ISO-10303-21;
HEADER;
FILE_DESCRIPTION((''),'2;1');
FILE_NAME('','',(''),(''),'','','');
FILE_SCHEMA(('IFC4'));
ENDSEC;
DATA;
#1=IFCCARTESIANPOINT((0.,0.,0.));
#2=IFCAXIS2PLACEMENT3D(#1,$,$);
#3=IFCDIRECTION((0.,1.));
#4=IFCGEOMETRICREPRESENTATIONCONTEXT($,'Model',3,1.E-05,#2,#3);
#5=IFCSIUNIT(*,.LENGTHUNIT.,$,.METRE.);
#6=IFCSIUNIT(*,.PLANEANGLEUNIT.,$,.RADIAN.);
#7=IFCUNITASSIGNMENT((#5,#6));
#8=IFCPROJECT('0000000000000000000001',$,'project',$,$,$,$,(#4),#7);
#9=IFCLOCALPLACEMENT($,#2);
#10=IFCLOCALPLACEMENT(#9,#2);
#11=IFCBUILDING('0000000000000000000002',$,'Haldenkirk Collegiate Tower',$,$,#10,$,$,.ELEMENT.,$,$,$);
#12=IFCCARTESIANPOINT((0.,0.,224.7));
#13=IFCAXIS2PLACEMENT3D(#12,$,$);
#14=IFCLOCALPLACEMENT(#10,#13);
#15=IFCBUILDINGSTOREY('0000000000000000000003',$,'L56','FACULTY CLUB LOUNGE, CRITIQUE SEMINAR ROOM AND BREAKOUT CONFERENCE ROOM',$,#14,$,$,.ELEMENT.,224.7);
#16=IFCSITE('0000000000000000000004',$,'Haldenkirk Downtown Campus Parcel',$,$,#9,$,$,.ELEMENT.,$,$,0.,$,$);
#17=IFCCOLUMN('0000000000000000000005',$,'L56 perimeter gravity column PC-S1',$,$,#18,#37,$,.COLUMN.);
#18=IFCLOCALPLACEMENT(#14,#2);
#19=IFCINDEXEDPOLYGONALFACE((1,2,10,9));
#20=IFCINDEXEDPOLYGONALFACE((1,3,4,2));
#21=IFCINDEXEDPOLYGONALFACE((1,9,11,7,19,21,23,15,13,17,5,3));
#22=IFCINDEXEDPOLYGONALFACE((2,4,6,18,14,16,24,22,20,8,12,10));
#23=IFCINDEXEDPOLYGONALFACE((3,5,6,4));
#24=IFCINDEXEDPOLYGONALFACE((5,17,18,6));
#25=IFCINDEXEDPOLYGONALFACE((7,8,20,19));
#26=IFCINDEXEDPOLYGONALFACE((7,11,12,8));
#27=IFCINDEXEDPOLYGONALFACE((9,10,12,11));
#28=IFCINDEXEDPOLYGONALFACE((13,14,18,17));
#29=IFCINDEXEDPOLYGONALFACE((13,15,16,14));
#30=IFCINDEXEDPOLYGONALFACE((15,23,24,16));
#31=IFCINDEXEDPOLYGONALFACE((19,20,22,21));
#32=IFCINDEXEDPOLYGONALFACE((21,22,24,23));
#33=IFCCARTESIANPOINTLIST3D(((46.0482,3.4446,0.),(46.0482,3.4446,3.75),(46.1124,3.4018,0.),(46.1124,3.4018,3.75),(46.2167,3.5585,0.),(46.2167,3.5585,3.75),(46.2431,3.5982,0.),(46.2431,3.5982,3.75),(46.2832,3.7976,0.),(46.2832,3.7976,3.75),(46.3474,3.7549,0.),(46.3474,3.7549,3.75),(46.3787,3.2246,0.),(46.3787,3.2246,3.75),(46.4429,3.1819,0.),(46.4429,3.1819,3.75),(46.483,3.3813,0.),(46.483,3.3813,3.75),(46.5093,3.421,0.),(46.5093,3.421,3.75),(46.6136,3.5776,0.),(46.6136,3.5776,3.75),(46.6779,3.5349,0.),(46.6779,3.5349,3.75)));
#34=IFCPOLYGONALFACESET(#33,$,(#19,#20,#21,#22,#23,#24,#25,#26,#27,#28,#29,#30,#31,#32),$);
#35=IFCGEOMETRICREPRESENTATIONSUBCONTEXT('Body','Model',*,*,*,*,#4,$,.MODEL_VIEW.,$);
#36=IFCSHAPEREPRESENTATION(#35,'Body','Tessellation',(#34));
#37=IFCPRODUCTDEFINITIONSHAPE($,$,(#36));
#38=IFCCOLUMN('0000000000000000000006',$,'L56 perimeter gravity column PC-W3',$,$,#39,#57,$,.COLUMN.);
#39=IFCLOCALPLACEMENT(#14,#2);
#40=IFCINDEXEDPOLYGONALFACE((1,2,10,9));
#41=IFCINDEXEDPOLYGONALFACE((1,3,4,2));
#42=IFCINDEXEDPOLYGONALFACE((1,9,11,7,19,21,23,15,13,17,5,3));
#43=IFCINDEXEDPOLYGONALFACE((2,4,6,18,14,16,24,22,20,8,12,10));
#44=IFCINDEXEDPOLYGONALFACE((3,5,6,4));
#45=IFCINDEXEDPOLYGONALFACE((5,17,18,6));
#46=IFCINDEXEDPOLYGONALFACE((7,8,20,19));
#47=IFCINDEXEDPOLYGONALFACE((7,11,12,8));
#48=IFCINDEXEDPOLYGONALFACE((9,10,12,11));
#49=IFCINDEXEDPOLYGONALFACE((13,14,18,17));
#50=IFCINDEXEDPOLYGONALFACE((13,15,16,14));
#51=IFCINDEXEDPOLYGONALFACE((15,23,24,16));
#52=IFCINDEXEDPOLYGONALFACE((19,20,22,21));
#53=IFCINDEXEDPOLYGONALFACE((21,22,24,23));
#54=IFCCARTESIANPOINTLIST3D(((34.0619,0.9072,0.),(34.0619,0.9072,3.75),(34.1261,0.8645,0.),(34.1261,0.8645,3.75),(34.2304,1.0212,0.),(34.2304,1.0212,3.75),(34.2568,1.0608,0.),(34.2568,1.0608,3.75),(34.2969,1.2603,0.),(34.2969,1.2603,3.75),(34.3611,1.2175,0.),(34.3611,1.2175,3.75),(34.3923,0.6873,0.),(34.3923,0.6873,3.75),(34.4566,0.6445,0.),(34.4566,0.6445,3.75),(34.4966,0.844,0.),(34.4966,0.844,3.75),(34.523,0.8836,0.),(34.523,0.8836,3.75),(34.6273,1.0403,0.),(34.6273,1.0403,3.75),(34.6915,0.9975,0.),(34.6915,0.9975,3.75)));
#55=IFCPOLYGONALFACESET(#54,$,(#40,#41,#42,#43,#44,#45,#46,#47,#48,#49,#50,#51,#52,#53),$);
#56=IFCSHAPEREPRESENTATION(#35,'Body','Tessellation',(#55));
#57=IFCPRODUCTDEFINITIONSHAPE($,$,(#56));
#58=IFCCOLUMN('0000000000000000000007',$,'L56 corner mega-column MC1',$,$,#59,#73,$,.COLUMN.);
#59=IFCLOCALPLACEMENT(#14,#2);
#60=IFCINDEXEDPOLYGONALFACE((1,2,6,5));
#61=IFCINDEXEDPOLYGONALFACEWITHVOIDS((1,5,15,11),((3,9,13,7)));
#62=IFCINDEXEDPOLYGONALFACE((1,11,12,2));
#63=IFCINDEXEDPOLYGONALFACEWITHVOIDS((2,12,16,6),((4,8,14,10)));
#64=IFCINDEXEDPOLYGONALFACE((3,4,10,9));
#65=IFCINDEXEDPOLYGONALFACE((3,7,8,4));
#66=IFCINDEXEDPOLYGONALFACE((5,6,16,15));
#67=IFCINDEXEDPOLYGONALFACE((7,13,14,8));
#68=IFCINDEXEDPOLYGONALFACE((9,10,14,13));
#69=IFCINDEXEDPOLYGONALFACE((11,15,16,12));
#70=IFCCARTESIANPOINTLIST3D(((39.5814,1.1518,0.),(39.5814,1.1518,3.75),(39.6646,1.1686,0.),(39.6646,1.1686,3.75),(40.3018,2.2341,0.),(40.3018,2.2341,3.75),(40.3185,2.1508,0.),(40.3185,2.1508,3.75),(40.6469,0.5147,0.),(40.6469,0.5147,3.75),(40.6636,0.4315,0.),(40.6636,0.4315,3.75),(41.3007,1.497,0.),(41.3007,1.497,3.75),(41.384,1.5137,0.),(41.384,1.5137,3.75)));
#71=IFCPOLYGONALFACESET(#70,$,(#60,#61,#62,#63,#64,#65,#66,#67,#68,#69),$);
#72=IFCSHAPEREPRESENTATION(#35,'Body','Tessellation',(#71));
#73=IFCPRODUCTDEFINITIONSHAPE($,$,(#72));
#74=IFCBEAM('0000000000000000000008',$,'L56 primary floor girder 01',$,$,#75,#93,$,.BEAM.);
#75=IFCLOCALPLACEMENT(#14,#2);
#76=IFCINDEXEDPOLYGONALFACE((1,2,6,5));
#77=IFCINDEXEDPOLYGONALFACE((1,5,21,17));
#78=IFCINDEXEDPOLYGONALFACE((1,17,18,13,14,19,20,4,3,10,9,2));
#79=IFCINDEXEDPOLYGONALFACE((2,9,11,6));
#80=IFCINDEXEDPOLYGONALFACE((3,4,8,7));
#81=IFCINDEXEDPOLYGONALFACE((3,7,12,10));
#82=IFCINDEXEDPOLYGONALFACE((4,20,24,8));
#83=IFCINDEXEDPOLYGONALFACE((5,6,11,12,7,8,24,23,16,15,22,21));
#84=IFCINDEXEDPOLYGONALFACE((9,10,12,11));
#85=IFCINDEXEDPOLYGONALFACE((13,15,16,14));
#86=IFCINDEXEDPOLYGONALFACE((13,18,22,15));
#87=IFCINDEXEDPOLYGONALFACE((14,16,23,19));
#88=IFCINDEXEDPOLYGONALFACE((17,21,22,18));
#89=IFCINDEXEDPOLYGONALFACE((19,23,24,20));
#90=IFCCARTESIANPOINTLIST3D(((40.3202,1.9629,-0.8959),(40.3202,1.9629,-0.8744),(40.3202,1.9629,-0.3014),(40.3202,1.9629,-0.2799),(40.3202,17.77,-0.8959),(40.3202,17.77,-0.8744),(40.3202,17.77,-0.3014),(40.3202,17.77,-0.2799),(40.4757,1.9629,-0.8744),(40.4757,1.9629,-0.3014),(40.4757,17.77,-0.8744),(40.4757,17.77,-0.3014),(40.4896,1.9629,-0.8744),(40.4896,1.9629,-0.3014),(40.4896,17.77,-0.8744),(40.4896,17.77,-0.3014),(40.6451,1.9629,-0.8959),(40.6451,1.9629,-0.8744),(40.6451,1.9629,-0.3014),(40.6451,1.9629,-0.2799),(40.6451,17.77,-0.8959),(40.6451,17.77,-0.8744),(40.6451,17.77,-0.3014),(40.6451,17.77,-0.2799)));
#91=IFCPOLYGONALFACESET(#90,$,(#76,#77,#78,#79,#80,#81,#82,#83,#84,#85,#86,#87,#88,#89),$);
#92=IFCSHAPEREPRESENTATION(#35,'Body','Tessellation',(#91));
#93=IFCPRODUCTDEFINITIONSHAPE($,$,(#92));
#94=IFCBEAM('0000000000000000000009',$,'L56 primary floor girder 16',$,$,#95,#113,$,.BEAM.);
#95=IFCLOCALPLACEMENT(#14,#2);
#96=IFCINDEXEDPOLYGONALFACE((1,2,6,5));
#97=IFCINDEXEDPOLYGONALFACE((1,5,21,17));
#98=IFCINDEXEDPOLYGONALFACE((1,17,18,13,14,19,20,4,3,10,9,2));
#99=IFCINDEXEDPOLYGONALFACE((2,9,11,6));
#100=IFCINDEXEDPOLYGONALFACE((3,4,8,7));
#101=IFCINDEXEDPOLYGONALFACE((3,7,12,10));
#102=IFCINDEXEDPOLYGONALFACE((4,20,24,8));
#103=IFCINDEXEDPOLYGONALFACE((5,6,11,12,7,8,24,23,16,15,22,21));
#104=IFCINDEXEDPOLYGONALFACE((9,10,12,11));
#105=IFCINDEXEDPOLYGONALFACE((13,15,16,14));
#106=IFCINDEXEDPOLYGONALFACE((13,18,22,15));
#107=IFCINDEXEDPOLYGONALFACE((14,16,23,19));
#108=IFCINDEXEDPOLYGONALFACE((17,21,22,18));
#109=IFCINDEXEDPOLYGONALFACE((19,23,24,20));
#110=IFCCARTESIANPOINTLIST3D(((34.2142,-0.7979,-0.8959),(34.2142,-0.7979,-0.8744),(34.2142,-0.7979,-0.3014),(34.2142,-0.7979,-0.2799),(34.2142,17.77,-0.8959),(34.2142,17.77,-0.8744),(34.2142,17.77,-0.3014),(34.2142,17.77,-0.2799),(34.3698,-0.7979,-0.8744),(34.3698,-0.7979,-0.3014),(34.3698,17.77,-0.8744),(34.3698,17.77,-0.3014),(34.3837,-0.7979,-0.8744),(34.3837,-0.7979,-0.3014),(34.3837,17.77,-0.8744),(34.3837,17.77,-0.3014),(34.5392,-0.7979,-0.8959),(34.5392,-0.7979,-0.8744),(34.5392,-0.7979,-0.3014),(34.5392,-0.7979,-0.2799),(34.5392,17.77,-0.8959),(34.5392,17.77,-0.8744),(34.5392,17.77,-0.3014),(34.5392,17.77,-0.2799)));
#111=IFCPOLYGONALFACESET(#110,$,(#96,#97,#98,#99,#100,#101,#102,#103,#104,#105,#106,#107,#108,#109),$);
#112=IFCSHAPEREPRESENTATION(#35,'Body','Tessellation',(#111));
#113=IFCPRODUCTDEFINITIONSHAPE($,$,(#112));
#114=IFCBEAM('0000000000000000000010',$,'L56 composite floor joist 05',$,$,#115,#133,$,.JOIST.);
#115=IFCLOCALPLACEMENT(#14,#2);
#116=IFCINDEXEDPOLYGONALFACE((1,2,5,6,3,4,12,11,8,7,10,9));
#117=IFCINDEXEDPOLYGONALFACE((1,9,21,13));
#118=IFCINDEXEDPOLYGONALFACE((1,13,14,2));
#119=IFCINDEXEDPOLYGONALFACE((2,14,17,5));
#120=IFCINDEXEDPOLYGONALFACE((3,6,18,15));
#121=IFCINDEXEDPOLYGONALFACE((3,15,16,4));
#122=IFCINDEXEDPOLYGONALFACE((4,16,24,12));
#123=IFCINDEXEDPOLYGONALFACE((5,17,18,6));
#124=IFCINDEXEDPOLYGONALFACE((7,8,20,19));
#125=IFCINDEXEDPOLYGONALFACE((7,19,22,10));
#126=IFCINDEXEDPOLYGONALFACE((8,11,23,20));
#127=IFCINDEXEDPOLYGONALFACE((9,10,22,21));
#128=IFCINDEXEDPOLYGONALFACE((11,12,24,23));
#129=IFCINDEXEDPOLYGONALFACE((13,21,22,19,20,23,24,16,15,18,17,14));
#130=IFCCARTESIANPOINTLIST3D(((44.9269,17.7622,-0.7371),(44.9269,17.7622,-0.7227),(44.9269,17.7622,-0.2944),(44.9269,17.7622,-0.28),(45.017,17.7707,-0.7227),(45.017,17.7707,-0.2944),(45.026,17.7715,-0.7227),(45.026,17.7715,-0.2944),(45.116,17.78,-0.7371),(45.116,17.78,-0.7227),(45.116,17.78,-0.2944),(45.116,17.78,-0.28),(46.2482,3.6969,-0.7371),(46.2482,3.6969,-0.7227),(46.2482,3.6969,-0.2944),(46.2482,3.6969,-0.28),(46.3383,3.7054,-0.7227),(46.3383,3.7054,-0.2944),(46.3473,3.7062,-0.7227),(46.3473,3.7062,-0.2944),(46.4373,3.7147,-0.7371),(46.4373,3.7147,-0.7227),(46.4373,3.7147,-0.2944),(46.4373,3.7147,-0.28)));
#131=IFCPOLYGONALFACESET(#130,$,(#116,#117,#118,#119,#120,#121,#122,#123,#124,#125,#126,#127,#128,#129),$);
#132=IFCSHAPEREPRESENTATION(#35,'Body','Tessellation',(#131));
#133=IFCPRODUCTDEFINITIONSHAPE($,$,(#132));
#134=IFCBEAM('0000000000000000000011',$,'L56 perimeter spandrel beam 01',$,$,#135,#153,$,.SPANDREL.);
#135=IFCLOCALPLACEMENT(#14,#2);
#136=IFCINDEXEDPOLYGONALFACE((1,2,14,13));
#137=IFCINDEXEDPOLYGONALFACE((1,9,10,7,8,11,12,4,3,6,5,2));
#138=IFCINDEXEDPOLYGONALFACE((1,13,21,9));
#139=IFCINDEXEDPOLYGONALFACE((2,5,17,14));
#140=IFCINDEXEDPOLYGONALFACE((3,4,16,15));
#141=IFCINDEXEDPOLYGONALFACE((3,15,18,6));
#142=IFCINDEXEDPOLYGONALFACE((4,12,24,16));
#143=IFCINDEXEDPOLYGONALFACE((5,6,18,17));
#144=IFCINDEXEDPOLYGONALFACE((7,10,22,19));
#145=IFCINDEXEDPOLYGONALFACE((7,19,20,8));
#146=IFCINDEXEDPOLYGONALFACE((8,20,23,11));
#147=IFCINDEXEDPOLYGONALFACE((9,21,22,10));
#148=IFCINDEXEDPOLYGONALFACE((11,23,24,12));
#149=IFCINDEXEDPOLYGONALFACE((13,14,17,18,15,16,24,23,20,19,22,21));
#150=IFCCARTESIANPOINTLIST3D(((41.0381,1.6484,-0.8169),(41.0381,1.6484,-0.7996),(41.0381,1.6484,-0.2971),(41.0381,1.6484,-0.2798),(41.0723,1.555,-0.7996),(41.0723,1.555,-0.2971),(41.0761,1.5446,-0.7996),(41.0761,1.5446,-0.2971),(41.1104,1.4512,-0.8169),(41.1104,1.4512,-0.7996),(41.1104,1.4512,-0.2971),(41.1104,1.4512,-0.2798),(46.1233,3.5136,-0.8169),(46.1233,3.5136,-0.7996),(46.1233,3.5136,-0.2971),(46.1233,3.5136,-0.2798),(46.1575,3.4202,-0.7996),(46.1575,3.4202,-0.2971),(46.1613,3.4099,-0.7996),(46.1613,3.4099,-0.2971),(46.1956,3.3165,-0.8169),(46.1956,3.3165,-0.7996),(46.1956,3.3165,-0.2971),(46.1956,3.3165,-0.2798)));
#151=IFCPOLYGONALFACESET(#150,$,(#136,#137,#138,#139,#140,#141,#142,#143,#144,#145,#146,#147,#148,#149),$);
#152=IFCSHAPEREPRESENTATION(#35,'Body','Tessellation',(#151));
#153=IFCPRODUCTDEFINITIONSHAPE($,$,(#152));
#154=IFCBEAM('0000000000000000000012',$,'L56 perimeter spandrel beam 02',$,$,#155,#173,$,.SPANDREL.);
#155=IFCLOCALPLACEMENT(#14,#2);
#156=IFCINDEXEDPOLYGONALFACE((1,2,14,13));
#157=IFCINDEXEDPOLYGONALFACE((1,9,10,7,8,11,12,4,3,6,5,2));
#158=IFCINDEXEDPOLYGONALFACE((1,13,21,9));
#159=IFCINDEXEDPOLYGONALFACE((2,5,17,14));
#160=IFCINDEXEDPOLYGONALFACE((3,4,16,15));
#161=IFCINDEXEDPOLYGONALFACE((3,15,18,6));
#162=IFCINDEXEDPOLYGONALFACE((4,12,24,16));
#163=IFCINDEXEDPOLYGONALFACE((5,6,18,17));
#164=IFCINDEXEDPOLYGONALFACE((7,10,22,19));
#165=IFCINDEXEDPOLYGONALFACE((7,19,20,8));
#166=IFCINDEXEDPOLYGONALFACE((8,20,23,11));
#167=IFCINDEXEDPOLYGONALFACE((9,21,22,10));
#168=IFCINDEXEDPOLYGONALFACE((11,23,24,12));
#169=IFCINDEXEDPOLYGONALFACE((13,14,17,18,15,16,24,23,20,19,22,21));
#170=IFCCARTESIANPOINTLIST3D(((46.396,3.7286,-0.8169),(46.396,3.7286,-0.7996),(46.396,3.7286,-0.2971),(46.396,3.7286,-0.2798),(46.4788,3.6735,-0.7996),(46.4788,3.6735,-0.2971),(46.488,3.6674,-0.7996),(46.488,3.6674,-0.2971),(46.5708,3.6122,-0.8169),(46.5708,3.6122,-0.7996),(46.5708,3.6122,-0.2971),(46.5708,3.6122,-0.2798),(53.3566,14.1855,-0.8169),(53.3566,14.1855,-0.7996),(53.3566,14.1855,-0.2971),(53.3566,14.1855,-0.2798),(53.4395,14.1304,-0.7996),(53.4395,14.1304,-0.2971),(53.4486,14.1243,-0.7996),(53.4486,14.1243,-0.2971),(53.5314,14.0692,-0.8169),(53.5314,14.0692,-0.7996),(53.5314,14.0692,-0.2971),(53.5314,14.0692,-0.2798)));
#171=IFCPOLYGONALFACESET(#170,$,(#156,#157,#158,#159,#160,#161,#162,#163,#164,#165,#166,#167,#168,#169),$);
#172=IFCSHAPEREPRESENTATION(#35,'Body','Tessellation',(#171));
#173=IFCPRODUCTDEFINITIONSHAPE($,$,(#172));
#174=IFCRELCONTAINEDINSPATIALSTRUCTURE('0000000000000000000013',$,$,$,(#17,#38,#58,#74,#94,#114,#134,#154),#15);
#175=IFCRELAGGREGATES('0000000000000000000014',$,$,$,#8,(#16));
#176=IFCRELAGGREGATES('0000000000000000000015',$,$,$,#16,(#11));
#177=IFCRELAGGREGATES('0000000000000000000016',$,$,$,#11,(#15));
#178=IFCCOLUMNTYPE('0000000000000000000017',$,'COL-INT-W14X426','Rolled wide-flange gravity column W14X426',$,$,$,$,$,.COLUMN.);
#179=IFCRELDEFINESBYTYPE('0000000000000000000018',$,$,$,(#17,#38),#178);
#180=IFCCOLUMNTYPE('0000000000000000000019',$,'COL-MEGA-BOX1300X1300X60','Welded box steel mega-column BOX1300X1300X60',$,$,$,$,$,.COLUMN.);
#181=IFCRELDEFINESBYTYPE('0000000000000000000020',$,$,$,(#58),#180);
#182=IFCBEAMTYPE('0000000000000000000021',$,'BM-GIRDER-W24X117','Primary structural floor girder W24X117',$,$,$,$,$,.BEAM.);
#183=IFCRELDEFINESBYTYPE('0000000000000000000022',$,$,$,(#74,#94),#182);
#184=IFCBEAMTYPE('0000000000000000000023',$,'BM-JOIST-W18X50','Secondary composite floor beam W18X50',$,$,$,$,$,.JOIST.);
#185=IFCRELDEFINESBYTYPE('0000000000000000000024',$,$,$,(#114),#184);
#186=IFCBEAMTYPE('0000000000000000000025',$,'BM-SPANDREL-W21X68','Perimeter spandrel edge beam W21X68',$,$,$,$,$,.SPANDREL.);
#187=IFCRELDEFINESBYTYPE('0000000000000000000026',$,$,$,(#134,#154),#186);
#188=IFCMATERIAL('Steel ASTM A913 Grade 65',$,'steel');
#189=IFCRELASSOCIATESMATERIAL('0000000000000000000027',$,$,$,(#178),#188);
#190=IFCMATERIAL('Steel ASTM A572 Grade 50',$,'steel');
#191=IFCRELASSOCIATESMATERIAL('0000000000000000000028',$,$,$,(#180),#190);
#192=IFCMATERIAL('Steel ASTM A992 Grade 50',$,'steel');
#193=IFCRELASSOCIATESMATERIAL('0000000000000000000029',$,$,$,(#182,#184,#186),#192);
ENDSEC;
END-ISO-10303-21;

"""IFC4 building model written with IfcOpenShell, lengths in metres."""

from ifc_helpers import new_model, si_unit, direction, frame, origin, origin_2d, place, context, subcontext, project, spatial, hollow_rectangle, i_section, extrude, material, material_profile, profile_set, type_object, element, save


model = new_model("IFC4")

# Units and contexts
model_context = context("Model", 3, precision=1e-05, world=origin(), true_north=direction((0.0, 1.0)))
body_context = subcontext(model_context, "Body", "Model", "MODEL_VIEW")
ifc_project = project(units=[si_unit("LENGTHUNIT", "METRE"), si_unit("PLANEANGLEUNIT", "RADIAN")], contexts=[model_context])

# Site, building, storey
site_placement = place(None, origin())
site = spatial("IfcSite", under=ifc_project, at=site_placement, Name="Haldenkirk Downtown Campus Parcel", CompositionType="ELEMENT", RefElevation=0.0)
building_placement = place(site_placement, origin())
building = spatial("IfcBuilding", under=site, at=building_placement, Name="Haldenkirk Collegiate Tower", CompositionType="ELEMENT")
storey_placement = place(building_placement, frame((0.0, 0.0, 224.7)))
storey = spatial("IfcBuildingStorey", under=building, at=storey_placement, Name="L56", Description="FACULTY CLUB LOUNGE, CRITIQUE SEMINAR ROOM AND BREAKOUT CONFERENCE ROOM", CompositionType="ELEMENT", Elevation=224.7)

# Columns
ifc_material_1 = material(Name="Steel ASTM A913 Grade 65", Category="steel")
ifc_material_profile_1 = material_profile(ifc_material_1, i_section(OverallWidth=0.4241, OverallDepth=0.4741, WebThickness=0.0476, FlangeThickness=0.0771, at=origin_2d()), Name="W14X426")
ifc_profile_set_1 = profile_set([ifc_material_profile_1], Name="Steel ASTM A913 Grade 65")
column_type_1 = type_object("IfcColumnType", Name="COL-INT-W14X426", Description="Rolled wide-flange gravity column W14X426", PredefinedType="COLUMN", material=ifc_profile_set_1)
for number, where, z_axis, x_axis, name in (
    (1, (46.363, 3.4897, 0.0), (0.0, 0.0, 1.0), (0.554118, 0.832438, 0.0), "L56 perimeter gravity column PC-S1"),
    (2, (34.3767, 0.9524, 0.0), (0.0, 0.0, 1.0), (0.554118, 0.832438, 0.0), "L56 perimeter gravity column PC-W3"),
):
    element("IfcColumn", number, at=place(storey_placement, frame(where, z_axis=z_axis, x_axis=x_axis)), inside=storey, type_object=column_type_1, Name=name, PredefinedType="COLUMN", context=body_context, shape_type="SweptSolid", body=[
        extrude(i_section(OverallWidth=0.4241, OverallDepth=0.4741, WebThickness=0.0476, FlangeThickness=0.0771, at=origin_2d()), origin(), (0.0, 0.0, 1.0), 3.75),
    ])
ifc_material_2 = material(Name="Steel ASTM A572 Grade 50", Category="steel")
ifc_material_profile_2 = material_profile(ifc_material_2, hollow_rectangle(XDim=1.3, YDim=1.3, WallThickness=0.0601, at=origin_2d()), Name="BOX1300X1300X60")
ifc_profile_set_2 = profile_set([ifc_material_profile_2], Name="Steel ASTM A572 Grade 50")
column_type_2 = type_object("IfcColumnType", Name="COL-MEGA-BOX1300X1300X60", Description="Welded box steel mega-column BOX1300X1300X60", PredefinedType="COLUMN", material=ifc_profile_set_2)
column_placement = place(storey_placement, frame((40.4827, 1.3328, 0.0), z_axis=(0.0, 0.0, 1.0), x_axis=(0.554118, 0.832438, 0.0)))
element("IfcColumn", 3, at=column_placement, inside=storey, type_object=column_type_2, Name="L56 corner mega-column MC1", PredefinedType="COLUMN", context=body_context, shape_type="SweptSolid", body=[
    extrude(hollow_rectangle(XDim=1.3, YDim=1.3, WallThickness=0.0601, at=origin_2d()), origin(), (0.0, 0.0, 1.0), 3.75),
])

# Beams
ifc_material_3 = material(Name="Steel ASTM A992 Grade 50", Category="steel")
ifc_material_profile_3 = material_profile(ifc_material_3, i_section(OverallWidth=0.325, OverallDepth=0.616, WebThickness=0.0139, FlangeThickness=0.0215, at=origin_2d()), Name="W24X117")
ifc_profile_set_3 = profile_set([ifc_material_profile_3], Name="Steel ASTM A992 Grade 50")
beam_type_1 = type_object("IfcBeamType", Name="BM-GIRDER-W24X117", Description="Primary structural floor girder W24X117", PredefinedType="BEAM", material=ifc_profile_set_3)
beam_1_placement = place(storey_placement, frame((40.4827, 1.9629, -0.5879), z_axis=(0.0, 1.0, 0.0), x_axis=(-1.0, 0.0, 0.0)))
element("IfcBeam", 4, at=beam_1_placement, inside=storey, type_object=beam_type_1, Name="L56 primary floor girder 01", PredefinedType="BEAM", context=body_context, shape_type="SweptSolid", body=[
    extrude(i_section(OverallWidth=0.325, OverallDepth=0.616, WebThickness=0.0139, FlangeThickness=0.0215, at=origin_2d()), origin(), (0.0, 0.0, 1.0), 15.8071),
])
beam_2_placement = place(storey_placement, frame((34.3767, -0.7979, -0.5879), z_axis=(0.0, 1.0, 0.0), x_axis=(-1.0, 0.0, 0.0)))
element("IfcBeam", 5, at=beam_2_placement, inside=storey, type_object=beam_type_1, Name="L56 primary floor girder 16", PredefinedType="BEAM", context=body_context, shape_type="SweptSolid", body=[
    extrude(i_section(OverallWidth=0.325, OverallDepth=0.616, WebThickness=0.0139, FlangeThickness=0.0215, at=origin_2d()), origin(), (0.0, 0.0, 1.0), 18.5679),
])
ifc_material_profile_4 = material_profile(ifc_material_3, i_section(OverallWidth=0.1899, OverallDepth=0.457, WebThickness=0.009, FlangeThickness=0.0144, at=origin_2d()), Name="W18X50")
ifc_profile_set_4 = profile_set([ifc_material_profile_4], Name="Steel ASTM A992 Grade 50")
beam_type_2 = type_object("IfcBeamType", Name="BM-JOIST-W18X50", Description="Secondary composite floor beam W18X50", PredefinedType="JOIST", material=ifc_profile_set_4)
beam_3_placement = place(storey_placement, frame((46.3428, 3.7058, -0.5085), z_axis=(-0.093529, 0.995617, 0.0), x_axis=(-0.995617, -0.093529, 0.0)))
element("IfcBeam", 6, at=beam_3_placement, inside=storey, type_object=beam_type_2, Name="L56 composite floor joist 05", PredefinedType="JOIST", context=body_context, shape_type="SweptSolid", body=[
    extrude(i_section(OverallWidth=0.1899, OverallDepth=0.457, WebThickness=0.009, FlangeThickness=0.0144, at=origin_2d()), origin(), (0.0, 0.0, 1.0), 14.1272),
])
ifc_material_profile_5 = material_profile(ifc_material_3, i_section(OverallWidth=0.21, OverallDepth=0.5371, WebThickness=0.011, FlangeThickness=0.0173, at=origin_2d()), Name="W21X68")
ifc_profile_set_5 = profile_set([ifc_material_profile_5], Name="Steel ASTM A992 Grade 50")
beam_type_3 = type_object("IfcBeamType", Name="BM-SPANDREL-W21X68", Description="Perimeter spandrel edge beam W21X68", PredefinedType="SPANDREL", material=ifc_profile_set_5)
beam_4_placement = place(storey_placement, frame((41.0742, 1.5498, -0.5483), z_axis=(0.938837, 0.344362, 0.0), x_axis=(-0.344362, 0.938837, 0.0)))
element("IfcBeam", 7, at=beam_4_placement, inside=storey, type_object=beam_type_3, Name="L56 perimeter spandrel beam 01", PredefinedType="SPANDREL", context=body_context, shape_type="SweptSolid", body=[
    extrude(i_section(OverallWidth=0.21, OverallDepth=0.5371, WebThickness=0.011, FlangeThickness=0.0173, at=origin_2d()), origin(), (0.0, 0.0, 1.0), 5.4165),
])
beam_5_placement = place(storey_placement, frame((46.4834, 3.6704, -0.5483), z_axis=(0.554113, 0.832442, 0.0), x_axis=(-0.832442, 0.554113, 0.0)))
element("IfcBeam", 8, at=beam_5_placement, inside=storey, type_object=beam_type_3, Name="L56 perimeter spandrel beam 02", PredefinedType="SPANDREL", context=body_context, shape_type="SweptSolid", body=[
    extrude(i_section(OverallWidth=0.21, OverallDepth=0.5371, WebThickness=0.011, FlangeThickness=0.0173, at=origin_2d()), origin(), (0.0, 0.0, 1.0), 12.5618),
])

save(model, "model.ifc")
